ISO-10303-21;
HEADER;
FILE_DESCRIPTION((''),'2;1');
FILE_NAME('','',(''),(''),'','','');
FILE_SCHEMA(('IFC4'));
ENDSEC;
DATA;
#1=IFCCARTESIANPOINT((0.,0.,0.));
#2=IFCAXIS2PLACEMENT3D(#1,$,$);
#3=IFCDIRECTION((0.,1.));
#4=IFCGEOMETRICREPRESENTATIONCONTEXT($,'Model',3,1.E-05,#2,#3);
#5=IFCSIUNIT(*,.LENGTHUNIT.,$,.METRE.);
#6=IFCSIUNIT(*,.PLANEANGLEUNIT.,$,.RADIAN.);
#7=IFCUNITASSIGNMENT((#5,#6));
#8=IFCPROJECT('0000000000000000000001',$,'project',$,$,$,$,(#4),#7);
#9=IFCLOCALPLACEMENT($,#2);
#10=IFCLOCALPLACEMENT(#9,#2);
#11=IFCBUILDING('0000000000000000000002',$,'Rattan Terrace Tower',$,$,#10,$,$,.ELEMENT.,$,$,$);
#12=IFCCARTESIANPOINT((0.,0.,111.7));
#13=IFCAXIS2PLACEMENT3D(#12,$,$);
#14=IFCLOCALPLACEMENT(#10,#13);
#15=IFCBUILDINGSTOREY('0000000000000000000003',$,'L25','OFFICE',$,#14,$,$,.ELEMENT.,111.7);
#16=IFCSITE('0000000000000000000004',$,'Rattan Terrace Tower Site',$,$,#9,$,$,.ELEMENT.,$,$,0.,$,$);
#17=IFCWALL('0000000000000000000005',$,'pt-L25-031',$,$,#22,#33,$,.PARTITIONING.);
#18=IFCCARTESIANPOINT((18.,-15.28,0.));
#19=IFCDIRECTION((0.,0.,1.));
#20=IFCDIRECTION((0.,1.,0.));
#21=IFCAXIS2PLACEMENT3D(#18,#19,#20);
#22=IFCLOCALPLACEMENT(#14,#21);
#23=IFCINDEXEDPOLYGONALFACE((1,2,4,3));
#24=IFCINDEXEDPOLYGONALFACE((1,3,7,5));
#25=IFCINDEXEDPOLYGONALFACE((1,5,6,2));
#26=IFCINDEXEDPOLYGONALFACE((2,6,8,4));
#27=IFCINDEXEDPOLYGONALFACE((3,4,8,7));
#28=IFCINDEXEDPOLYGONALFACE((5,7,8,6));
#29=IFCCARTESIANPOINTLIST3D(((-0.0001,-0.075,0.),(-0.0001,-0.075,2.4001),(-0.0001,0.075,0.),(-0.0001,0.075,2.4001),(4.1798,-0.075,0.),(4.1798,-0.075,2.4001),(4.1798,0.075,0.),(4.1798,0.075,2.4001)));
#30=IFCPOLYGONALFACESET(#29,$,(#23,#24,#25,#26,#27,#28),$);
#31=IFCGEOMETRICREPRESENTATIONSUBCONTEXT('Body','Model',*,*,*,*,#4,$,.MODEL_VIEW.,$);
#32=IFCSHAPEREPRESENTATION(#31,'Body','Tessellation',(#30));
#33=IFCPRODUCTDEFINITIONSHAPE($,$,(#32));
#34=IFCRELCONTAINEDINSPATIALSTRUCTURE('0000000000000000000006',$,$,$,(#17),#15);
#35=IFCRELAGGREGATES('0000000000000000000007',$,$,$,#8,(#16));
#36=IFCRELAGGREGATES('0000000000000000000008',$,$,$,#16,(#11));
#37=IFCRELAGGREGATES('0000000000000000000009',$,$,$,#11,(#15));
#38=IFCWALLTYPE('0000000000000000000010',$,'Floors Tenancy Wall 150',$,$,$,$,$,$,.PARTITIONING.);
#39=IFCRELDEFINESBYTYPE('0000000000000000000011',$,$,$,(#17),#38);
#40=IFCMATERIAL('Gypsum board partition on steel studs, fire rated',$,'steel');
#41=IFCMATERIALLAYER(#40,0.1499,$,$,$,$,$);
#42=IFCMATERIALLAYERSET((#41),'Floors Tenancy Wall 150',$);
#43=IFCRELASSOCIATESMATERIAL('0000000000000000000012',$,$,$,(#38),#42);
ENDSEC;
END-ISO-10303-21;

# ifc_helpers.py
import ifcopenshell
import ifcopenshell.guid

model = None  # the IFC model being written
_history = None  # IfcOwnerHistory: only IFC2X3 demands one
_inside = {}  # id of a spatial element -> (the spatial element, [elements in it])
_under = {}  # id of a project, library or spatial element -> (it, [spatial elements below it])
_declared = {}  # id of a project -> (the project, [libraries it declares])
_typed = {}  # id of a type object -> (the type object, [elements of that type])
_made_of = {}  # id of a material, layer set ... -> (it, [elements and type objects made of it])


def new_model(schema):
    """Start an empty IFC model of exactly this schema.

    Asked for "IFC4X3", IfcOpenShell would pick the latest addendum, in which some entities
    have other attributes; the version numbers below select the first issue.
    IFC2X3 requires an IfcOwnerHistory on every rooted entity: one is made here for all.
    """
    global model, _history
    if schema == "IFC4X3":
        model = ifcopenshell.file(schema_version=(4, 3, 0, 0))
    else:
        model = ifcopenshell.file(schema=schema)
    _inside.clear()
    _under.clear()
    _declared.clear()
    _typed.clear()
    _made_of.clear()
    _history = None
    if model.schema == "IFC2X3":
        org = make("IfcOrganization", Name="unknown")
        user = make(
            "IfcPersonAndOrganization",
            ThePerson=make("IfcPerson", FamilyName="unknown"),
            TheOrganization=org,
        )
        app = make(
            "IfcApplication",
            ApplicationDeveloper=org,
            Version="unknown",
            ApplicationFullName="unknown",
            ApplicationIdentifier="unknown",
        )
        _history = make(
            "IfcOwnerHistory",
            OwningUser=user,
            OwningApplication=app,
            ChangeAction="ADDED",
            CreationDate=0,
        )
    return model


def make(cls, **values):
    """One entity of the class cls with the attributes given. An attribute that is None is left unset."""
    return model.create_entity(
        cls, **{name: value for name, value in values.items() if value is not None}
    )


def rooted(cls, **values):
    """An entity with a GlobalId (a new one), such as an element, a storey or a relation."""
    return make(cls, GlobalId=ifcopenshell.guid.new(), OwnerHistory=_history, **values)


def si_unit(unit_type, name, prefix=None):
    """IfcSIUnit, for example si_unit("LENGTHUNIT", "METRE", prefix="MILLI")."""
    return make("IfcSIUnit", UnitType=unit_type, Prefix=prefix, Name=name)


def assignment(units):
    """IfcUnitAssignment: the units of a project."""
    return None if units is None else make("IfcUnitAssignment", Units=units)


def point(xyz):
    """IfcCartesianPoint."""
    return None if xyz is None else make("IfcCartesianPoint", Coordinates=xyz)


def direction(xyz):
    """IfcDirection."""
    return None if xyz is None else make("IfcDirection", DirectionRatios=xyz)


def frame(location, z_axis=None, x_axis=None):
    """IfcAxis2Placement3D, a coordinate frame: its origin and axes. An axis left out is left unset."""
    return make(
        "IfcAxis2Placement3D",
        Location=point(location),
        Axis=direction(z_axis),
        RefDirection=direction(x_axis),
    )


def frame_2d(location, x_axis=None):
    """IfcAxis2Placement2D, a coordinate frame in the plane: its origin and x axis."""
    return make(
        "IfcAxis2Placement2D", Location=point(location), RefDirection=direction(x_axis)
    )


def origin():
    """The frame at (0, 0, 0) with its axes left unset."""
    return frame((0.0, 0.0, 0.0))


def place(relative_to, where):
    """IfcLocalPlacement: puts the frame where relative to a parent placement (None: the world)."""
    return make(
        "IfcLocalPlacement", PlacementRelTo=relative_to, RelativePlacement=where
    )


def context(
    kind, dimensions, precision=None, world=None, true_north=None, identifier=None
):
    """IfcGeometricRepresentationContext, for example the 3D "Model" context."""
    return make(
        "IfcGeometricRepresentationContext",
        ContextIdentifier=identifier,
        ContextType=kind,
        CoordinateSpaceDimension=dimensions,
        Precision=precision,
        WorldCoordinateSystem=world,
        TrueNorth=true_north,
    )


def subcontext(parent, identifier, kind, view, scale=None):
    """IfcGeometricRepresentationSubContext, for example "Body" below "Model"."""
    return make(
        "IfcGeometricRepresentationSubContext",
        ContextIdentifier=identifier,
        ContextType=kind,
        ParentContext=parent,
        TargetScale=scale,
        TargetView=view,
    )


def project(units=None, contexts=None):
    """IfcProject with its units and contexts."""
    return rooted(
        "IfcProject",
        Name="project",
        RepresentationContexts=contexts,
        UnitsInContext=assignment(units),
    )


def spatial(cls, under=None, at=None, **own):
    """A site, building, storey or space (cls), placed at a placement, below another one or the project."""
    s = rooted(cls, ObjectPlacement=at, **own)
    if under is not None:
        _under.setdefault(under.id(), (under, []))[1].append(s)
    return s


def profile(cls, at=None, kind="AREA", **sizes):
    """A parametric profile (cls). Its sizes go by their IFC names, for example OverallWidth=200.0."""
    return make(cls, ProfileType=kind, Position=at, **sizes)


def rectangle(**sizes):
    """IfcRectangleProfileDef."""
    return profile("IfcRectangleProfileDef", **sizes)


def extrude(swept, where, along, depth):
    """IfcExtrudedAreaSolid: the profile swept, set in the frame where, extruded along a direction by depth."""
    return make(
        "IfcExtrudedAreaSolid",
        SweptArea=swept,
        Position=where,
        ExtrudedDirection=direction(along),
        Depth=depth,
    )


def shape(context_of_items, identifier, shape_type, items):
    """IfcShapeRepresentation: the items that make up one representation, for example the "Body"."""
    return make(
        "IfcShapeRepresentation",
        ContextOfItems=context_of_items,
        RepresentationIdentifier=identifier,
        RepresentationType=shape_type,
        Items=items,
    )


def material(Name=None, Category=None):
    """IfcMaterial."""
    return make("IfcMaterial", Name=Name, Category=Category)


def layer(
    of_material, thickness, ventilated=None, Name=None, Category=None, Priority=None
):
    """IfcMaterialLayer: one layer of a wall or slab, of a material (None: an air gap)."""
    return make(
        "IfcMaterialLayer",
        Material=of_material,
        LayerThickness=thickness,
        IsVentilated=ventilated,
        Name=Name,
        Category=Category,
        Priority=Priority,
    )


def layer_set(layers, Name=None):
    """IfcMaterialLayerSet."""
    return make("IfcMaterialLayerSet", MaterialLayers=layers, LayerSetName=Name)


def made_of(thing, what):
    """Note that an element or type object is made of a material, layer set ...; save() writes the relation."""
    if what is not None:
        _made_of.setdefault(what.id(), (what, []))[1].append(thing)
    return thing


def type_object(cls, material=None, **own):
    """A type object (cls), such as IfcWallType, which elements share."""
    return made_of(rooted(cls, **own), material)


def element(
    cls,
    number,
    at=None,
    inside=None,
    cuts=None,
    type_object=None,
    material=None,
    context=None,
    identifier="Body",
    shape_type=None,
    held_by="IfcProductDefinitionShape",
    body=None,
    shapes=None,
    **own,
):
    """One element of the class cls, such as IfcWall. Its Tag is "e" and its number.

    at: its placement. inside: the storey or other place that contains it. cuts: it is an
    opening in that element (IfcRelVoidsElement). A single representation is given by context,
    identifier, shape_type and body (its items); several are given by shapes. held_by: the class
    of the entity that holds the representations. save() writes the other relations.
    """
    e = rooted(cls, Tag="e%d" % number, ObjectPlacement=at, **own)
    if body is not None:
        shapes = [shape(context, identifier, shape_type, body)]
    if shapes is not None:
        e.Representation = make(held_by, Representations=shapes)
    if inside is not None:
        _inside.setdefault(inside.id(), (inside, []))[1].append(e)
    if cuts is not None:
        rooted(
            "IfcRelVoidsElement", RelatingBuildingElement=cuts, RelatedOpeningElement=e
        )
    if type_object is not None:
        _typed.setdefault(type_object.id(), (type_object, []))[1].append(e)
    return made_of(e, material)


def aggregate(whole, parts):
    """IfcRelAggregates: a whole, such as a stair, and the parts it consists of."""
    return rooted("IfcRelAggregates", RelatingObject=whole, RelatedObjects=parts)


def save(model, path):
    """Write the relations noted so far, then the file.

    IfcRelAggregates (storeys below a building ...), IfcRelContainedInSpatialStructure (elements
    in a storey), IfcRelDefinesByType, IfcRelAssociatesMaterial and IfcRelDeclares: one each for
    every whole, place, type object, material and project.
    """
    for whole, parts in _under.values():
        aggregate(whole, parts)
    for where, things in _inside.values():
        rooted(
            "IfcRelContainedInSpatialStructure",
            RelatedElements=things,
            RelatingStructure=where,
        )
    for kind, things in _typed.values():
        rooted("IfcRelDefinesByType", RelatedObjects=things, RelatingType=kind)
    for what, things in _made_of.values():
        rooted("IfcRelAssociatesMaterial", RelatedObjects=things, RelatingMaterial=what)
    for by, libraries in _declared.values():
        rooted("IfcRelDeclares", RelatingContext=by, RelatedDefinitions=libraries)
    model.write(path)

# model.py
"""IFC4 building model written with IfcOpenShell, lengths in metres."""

from ifc_helpers import new_model, si_unit, direction, frame, frame_2d, origin, place, context, subcontext, project, spatial, rectangle, extrude, material, layer, layer_set, type_object, element, save


model = new_model("IFC4")

# Units and contexts
model_context = context("Model", 3, precision=1e-05, world=origin(), true_north=direction((0.0, 1.0)))
body_context = subcontext(model_context, "Body", "Model", "MODEL_VIEW")
ifc_project = project(units=[si_unit("LENGTHUNIT", "METRE"), si_unit("PLANEANGLEUNIT", "RADIAN")], contexts=[model_context])

# Site, building, storey
site_placement = place(None, origin())
site = spatial("IfcSite", under=ifc_project, at=site_placement, Name="Rattan Terrace Tower Site", CompositionType="ELEMENT", RefElevation=0.0)
building_placement = place(site_placement, origin())
building = spatial("IfcBuilding", under=site, at=building_placement, Name="Rattan Terrace Tower", CompositionType="ELEMENT")
storey_placement = place(building_placement, frame((0.0, 0.0, 111.7)))
storey = spatial("IfcBuildingStorey", under=building, at=storey_placement, Name="L25", Description="OFFICE", CompositionType="ELEMENT", Elevation=111.7)

# Shared definitions
ifc_material_1 = material(Name="Gypsum board partition on steel studs, fire rated", Category="steel")
ifc_layer_1 = layer(ifc_material_1, 0.1499)
ifc_layer_set_1 = layer_set([ifc_layer_1], Name="Floors Tenancy Wall 150")
wall_type_1 = type_object("IfcWallType", Name="Floors Tenancy Wall 150", PredefinedType="PARTITIONING", material=ifc_layer_set_1)

# Wall
wall_1_placement = place(storey_placement, frame((18.0, -15.28, 0.0), z_axis=(0.0, 0.0, 1.0), x_axis=(0.0, 1.0, 0.0)))
element("IfcWall", 1, at=wall_1_placement, inside=storey, type_object=wall_type_1, Name="pt-L25-031", PredefinedType="PARTITIONING", context=body_context, shape_type="SweptSolid", body=[
    extrude(rectangle(XDim=4.1799, YDim=0.1499, at=frame_2d((2.0898, 0.0))), origin(), (0.0, 0.0, 1.0), 2.4001),
])

save(model, "model.ifc")
